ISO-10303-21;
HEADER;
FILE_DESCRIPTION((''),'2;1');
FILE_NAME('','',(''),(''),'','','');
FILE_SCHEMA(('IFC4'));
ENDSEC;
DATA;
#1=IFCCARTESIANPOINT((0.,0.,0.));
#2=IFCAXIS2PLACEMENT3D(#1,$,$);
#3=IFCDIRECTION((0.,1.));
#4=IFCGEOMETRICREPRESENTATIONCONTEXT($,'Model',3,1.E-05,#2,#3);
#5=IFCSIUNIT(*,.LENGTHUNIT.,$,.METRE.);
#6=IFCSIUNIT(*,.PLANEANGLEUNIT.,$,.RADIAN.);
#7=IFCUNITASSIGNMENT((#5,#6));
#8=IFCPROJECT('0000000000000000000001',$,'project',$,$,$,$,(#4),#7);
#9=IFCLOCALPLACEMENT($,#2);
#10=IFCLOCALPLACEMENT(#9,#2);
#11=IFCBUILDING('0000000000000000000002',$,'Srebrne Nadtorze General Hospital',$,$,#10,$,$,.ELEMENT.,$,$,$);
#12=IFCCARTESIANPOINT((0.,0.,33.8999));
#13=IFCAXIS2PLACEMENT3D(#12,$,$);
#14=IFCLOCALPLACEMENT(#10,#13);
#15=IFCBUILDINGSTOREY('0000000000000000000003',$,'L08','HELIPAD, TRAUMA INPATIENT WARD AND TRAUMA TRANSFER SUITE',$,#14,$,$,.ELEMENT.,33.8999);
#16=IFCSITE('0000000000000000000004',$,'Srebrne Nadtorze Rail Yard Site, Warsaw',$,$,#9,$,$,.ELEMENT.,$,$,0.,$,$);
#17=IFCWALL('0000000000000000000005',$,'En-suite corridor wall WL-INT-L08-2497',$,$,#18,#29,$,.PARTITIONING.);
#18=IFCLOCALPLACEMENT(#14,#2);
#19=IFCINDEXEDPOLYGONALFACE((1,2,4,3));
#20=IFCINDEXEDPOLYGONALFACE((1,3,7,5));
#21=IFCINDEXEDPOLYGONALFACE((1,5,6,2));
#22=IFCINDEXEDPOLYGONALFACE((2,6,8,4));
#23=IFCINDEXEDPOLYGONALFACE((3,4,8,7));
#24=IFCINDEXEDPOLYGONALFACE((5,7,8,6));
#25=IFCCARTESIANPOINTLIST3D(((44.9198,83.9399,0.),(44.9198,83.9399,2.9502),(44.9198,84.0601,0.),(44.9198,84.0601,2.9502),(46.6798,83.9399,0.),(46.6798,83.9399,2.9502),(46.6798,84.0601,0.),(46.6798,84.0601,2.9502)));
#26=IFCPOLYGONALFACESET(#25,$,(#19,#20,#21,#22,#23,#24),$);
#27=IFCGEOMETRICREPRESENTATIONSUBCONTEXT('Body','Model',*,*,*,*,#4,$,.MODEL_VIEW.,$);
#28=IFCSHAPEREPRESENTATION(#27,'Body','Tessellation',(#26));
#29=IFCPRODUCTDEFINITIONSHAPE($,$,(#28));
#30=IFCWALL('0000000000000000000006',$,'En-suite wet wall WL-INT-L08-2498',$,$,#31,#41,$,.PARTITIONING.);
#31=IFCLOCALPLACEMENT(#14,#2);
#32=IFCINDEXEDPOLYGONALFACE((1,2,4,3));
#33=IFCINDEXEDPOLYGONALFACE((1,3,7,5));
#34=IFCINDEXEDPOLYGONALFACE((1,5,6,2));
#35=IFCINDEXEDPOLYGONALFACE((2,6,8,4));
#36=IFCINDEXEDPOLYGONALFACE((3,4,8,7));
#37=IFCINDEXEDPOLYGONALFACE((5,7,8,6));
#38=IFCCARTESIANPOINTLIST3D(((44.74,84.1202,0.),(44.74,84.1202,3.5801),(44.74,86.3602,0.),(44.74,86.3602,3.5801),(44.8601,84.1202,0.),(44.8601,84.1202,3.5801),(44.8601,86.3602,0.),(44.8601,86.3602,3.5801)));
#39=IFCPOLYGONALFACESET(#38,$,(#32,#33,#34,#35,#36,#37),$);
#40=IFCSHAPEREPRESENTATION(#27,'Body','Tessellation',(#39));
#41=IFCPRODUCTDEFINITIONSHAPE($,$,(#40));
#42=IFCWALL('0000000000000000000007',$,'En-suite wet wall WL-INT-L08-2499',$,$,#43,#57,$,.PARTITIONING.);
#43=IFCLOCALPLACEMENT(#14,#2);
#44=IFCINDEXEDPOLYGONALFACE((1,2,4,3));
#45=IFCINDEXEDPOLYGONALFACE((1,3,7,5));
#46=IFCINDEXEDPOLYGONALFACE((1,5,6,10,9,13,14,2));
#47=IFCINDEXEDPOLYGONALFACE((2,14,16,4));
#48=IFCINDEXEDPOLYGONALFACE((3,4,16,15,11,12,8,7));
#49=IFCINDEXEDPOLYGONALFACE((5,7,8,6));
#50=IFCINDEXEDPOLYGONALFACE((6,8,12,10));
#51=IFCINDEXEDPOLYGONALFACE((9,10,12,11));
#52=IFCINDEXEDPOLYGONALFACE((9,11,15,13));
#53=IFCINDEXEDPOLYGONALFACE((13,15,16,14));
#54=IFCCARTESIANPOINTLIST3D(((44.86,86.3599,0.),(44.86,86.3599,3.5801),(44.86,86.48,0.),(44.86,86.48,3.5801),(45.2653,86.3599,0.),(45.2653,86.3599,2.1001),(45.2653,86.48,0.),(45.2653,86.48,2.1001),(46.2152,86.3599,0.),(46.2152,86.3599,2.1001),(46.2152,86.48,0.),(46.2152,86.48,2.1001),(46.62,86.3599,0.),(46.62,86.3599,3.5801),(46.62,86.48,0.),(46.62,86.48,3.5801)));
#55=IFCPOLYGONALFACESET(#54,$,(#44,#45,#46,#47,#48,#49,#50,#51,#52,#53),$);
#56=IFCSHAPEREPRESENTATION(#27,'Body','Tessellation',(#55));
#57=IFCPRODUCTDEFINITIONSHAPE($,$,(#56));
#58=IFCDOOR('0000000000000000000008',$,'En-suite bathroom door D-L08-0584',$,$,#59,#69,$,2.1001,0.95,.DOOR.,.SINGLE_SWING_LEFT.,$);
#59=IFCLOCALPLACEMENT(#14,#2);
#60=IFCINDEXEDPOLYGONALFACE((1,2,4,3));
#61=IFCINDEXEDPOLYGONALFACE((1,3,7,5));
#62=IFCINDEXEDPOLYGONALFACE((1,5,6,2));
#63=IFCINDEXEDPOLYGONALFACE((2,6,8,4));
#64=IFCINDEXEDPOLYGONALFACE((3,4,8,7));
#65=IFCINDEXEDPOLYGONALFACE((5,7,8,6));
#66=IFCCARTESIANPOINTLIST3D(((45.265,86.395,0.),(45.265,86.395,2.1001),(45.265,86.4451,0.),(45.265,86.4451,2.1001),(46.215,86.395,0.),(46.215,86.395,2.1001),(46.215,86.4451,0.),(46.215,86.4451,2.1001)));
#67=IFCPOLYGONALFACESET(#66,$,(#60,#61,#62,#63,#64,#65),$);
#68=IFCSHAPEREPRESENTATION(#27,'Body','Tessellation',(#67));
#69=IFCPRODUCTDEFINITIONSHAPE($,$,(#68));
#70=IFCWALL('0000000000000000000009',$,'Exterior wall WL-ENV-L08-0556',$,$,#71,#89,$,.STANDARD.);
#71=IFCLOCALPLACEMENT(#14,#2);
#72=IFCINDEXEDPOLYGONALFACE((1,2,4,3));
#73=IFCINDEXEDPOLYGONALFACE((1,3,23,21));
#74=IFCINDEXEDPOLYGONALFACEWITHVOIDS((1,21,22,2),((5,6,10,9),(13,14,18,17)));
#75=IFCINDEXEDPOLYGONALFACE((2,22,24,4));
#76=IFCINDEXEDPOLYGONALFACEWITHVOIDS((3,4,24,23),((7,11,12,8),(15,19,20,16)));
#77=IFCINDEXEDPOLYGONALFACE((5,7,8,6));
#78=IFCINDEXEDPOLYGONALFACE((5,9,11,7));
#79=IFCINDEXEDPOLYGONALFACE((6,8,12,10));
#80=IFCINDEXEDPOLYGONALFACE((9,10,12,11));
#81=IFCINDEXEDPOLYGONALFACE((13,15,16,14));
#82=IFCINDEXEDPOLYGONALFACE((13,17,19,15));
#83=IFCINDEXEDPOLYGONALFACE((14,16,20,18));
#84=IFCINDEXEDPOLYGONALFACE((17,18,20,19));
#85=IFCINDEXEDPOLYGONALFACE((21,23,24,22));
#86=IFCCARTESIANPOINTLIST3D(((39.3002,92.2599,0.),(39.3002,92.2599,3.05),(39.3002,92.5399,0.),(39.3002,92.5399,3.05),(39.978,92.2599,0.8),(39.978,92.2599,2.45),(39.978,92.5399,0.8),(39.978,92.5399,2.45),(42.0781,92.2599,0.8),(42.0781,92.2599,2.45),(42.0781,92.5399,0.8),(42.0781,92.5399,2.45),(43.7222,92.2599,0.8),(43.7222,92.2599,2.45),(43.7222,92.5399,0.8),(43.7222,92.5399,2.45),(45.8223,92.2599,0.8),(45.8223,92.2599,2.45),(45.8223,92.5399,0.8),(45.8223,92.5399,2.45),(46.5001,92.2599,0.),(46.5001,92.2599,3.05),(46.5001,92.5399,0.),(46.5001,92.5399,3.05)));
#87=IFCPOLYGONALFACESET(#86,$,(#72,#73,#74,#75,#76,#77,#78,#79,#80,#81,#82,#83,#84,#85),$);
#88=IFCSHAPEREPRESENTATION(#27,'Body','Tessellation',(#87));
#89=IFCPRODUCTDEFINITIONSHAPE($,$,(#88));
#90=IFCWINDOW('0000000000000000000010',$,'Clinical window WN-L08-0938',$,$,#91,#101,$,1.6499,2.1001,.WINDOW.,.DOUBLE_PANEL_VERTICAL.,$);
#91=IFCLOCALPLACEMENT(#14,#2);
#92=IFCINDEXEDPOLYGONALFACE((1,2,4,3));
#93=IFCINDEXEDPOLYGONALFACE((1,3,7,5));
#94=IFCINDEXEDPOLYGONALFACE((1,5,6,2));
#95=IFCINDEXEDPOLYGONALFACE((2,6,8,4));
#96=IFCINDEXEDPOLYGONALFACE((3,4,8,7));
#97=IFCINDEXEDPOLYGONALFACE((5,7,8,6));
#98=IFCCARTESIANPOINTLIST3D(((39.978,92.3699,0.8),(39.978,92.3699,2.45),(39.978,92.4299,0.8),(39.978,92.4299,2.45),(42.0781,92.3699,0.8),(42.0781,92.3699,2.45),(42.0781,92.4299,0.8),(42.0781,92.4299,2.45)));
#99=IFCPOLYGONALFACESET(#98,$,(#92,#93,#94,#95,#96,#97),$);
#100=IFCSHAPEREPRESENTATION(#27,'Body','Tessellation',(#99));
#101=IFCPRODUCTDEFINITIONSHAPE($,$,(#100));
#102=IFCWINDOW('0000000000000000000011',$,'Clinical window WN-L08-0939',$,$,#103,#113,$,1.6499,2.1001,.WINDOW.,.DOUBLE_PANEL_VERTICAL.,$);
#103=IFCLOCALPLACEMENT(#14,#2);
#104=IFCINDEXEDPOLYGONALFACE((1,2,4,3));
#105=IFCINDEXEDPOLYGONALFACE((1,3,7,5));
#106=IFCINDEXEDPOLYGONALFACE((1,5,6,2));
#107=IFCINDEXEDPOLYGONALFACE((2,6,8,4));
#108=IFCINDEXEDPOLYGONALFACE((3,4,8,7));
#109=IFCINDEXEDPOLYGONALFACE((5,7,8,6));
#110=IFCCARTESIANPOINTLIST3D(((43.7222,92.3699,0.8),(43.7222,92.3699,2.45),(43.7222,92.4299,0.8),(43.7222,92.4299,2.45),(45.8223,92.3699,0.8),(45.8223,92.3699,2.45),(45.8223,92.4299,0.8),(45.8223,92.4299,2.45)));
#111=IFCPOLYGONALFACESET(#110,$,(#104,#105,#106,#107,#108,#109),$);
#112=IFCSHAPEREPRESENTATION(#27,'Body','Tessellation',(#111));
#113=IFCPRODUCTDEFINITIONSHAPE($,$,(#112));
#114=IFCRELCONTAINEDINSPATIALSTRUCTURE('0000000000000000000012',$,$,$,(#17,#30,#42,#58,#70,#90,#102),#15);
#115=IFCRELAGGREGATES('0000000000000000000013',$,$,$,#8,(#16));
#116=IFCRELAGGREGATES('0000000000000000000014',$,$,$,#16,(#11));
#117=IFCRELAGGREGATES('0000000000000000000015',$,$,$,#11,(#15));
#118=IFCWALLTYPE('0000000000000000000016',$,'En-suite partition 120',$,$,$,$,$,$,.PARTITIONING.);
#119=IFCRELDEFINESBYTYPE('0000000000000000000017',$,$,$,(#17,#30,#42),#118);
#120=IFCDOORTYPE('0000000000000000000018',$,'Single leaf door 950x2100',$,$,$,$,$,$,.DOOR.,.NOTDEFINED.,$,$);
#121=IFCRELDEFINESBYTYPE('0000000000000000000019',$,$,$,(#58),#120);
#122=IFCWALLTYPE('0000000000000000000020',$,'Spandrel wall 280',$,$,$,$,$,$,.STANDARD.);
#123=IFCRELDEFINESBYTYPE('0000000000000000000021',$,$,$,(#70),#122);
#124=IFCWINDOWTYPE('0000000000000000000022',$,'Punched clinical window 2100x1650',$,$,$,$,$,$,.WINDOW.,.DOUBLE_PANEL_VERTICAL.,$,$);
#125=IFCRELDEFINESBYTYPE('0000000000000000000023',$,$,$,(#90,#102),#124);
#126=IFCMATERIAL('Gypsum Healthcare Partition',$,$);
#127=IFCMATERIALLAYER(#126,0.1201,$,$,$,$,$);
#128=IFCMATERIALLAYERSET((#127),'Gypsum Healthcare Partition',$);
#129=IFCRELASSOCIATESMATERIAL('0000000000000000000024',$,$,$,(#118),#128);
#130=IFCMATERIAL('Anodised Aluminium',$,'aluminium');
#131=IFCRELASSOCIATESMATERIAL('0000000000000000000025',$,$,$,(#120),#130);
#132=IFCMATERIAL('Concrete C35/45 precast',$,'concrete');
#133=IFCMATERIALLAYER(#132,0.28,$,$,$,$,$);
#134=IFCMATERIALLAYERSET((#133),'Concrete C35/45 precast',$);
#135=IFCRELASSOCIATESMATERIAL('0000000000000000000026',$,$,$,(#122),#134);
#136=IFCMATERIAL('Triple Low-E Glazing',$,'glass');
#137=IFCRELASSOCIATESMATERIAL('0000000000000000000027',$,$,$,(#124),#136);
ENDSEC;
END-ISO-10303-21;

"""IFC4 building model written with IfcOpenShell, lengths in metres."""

from ifc_helpers import new_model, si_unit, direction, frame, frame_2d, origin, place, context, subcontext, project, spatial, rectangle, extrude, material, layer, layer_set, type_object, element, fill, save


model = new_model("IFC4")

# Units and contexts
model_context = context("Model", 3, precision=1e-05, world=origin(), true_north=direction((0.0, 1.0)))
body_context = subcontext(model_context, "Body", "Model", "MODEL_VIEW")
ifc_project = project(units=[si_unit("LENGTHUNIT", "METRE"), si_unit("PLANEANGLEUNIT", "RADIAN")], contexts=[model_context])

# Site, building, storey
site_placement = place(None, origin())
site = spatial("IfcSite", under=ifc_project, at=site_placement, Name="Srebrne Nadtorze Rail Yard Site, Warsaw", CompositionType="ELEMENT", RefElevation=0.0)
building_placement = place(site_placement, origin())
building = spatial("IfcBuilding", under=site, at=building_placement, Name="Srebrne Nadtorze General Hospital", CompositionType="ELEMENT")
storey_placement = place(building_placement, frame((0.0, 0.0, 33.8999)))
storey = spatial("IfcBuildingStorey", under=building, at=storey_placement, Name="L08", Description="HELIPAD, TRAUMA INPATIENT WARD AND TRAUMA TRANSFER SUITE", CompositionType="ELEMENT", Elevation=33.8999)

# Shared definitions
ifc_material_1 = material(Name="Gypsum Healthcare Partition")
ifc_layer_1 = layer(ifc_material_1, 0.1201)
ifc_layer_set_1 = layer_set([ifc_layer_1], Name="Gypsum Healthcare Partition")
wall_type_1 = type_object("IfcWallType", Name="En-suite partition 120", PredefinedType="PARTITIONING", material=ifc_layer_set_1)

# Walls
wall_1_placement = place(storey_placement, frame((44.9199, 84.0, 0.0), z_axis=(0.0, 0.0, 1.0), x_axis=(1.0, 0.0, 0.0)))
element("IfcWall", 1, at=wall_1_placement, inside=storey, type_object=wall_type_1, Name="En-suite corridor wall WL-INT-L08-2497", PredefinedType="PARTITIONING", context=body_context, shape_type="SweptSolid", body=[
    extrude(rectangle(XDim=1.76, YDim=0.1201, at=frame_2d((0.8799, 0.0))), origin(), (0.0, 0.0, 1.0), 2.9502),
])
wall_2_placement = place(storey_placement, frame((44.8, 84.1201, 0.0), z_axis=(0.0, 0.0, 1.0), x_axis=(0.0, 1.0, 0.0)))
element("IfcWall", 2, at=wall_2_placement, inside=storey, type_object=wall_type_1, Name="En-suite wet wall WL-INT-L08-2498", PredefinedType="PARTITIONING", context=body_context, shape_type="SweptSolid", body=[
    extrude(rectangle(XDim=2.24, YDim=0.1201, at=frame_2d((1.1201, 0.0))), origin(), (0.0, 0.0, 1.0), 3.5801),
])

# Wall, opening, door
wall_3_placement = place(storey_placement, frame((44.8601, 86.4199, 0.0), z_axis=(0.0, 0.0, 1.0), x_axis=(1.0, 0.0, 0.0)))
wall_3 = element("IfcWall", 3, at=wall_3_placement, inside=storey, type_object=wall_type_1, Name="En-suite wet wall WL-INT-L08-2499", PredefinedType="PARTITIONING", context=body_context, shape_type="SweptSolid", body=[
    extrude(rectangle(XDim=1.76, YDim=0.1201, at=frame_2d((0.8799, 0.0))), origin(), (0.0, 0.0, 1.0), 3.5801),
])
opening_1_placement = place(wall_3_placement, frame((0.405, 0.0, 0.0)))
opening_1 = element("IfcOpeningElement", 4, at=opening_1_placement, cuts=wall_3, PredefinedType="OPENING", context=body_context, shape_type="SweptSolid", body=[
    extrude(rectangle(XDim=0.95, YDim=2.1001, at=frame_2d((0.4751, 1.05))), frame((0.0, 0.072, 0.0), z_axis=(0.0, -1.0, 0.0), x_axis=(1.0, 0.0, 0.0)), (0.0, 0.0, 1.0), 0.144),
])
ifc_material_2 = material(Name="Anodised Aluminium", Category="aluminium")
door_type_1 = type_object("IfcDoorType", Name="Single leaf door 950x2100", OperationType="NOTDEFINED", PredefinedType="DOOR", material=ifc_material_2)
door_1_placement = place(opening_1_placement, frame((0.95, 0.0, 0.0), z_axis=(0.0, 0.0, 1.0), x_axis=(-1.0, 0.0, 0.0)))
door_1 = element("IfcDoor", 5, at=door_1_placement, inside=storey, type_object=door_type_1, Name="En-suite bathroom door D-L08-0584", OperationType="SINGLE_SWING_LEFT", OverallHeight=2.1001, OverallWidth=0.95, PredefinedType="DOOR", context=body_context, shape_type="SweptSolid", body=[
    extrude(rectangle(XDim=0.95, YDim=2.1001, at=frame_2d((0.4751, 1.05))), frame((0.0, 0.0249, 0.0), z_axis=(0.0, -1.0, 0.0), x_axis=(1.0, 0.0, 0.0)), (0.0, 0.0, 1.0), 0.05),
])
fill(opening_1, door_1)

# Wall, openings, windows
ifc_material_3 = material(Name="Concrete C35/45 precast", Category="concrete")
ifc_layer_2 = layer(ifc_material_3, 0.28)
ifc_layer_set_2 = layer_set([ifc_layer_2], Name="Concrete C35/45 precast")
wall_type_2 = type_object("IfcWallType", Name="Spandrel wall 280", PredefinedType="STANDARD", material=ifc_layer_set_2)
wall_4_placement = place(storey_placement, frame((39.3, 92.3999, 0.0), z_axis=(0.0, 0.0, 1.0), x_axis=(1.0, 0.0, 0.0)))
wall_4 = element("IfcWall", 6, at=wall_4_placement, inside=storey, type_object=wall_type_2, Name="Exterior wall WL-ENV-L08-0556", PredefinedType="STANDARD", context=body_context, shape_type="SweptSolid", body=[
    extrude(rectangle(XDim=7.2, YDim=0.28, at=frame_2d((3.6001, 0.0))), origin(), (0.0, 0.0, 1.0), 3.05),
])
opening_2_placement = place(wall_4_placement, frame((0.678, 0.0, 0.8)))
opening_2 = element("IfcOpeningElement", 7, at=opening_2_placement, cuts=wall_4, PredefinedType="OPENING", context=body_context, shape_type="SweptSolid", body=[
    extrude(rectangle(XDim=2.1001, YDim=1.6499, at=frame_2d((1.05, 0.825))), frame((0.0, 0.1519, 0.0), z_axis=(0.0, -1.0, 0.0), x_axis=(1.0, 0.0, 0.0)), (0.0, 0.0, 1.0), 0.304),
])
opening_3_placement = place(wall_4_placement, frame((4.4221, 0.0, 0.8)))
opening_3 = element("IfcOpeningElement", 8, at=opening_3_placement, cuts=wall_4, PredefinedType="OPENING", context=body_context, shape_type="SweptSolid", body=[
    extrude(rectangle(XDim=2.1001, YDim=1.6499, at=frame_2d((1.05, 0.825))), frame((0.0, 0.1519, 0.0), z_axis=(0.0, -1.0, 0.0), x_axis=(1.0, 0.0, 0.0)), (0.0, 0.0, 1.0), 0.304),
])
ifc_material_4 = material(Name="Triple Low-E Glazing", Category="glass")
window_type = type_object("IfcWindowType", Name="Punched clinical window 2100x1650", PartitioningType="DOUBLE_PANEL_VERTICAL", PredefinedType="WINDOW", material=ifc_material_4)
window_1_placement = place(opening_2_placement, origin())
window_1 = element("IfcWindow", 9, at=window_1_placement, inside=storey, type_object=window_type, Name="Clinical window WN-L08-0938", OverallHeight=1.6499, OverallWidth=2.1001, PartitioningType="DOUBLE_PANEL_VERTICAL", PredefinedType="WINDOW", context=body_context, shape_type="SweptSolid", body=[
    extrude(rectangle(XDim=2.1001, YDim=1.6499, at=frame_2d((1.05, 0.825))), frame((0.0, 0.03, 0.0), z_axis=(0.0, -1.0, 0.0), x_axis=(1.0, 0.0, 0.0)), (0.0, 0.0, 1.0), 0.0601),
])
fill(opening_2, window_1)
window_2_placement = place(opening_3_placement, origin())
window_2 = element("IfcWindow", 10, at=window_2_placement, inside=storey, type_object=window_type, Name="Clinical window WN-L08-0939", OverallHeight=1.6499, OverallWidth=2.1001, PartitioningType="DOUBLE_PANEL_VERTICAL", PredefinedType="WINDOW", context=body_context, shape_type="SweptSolid", body=[
    extrude(rectangle(XDim=2.1001, YDim=1.6499, at=frame_2d((1.05, 0.825))), frame((0.0, 0.03, 0.0), z_axis=(0.0, -1.0, 0.0), x_axis=(1.0, 0.0, 0.0)), (0.0, 0.0, 1.0), 0.0601),
])
fill(opening_3, window_2)

save(model, "model.ifc")
